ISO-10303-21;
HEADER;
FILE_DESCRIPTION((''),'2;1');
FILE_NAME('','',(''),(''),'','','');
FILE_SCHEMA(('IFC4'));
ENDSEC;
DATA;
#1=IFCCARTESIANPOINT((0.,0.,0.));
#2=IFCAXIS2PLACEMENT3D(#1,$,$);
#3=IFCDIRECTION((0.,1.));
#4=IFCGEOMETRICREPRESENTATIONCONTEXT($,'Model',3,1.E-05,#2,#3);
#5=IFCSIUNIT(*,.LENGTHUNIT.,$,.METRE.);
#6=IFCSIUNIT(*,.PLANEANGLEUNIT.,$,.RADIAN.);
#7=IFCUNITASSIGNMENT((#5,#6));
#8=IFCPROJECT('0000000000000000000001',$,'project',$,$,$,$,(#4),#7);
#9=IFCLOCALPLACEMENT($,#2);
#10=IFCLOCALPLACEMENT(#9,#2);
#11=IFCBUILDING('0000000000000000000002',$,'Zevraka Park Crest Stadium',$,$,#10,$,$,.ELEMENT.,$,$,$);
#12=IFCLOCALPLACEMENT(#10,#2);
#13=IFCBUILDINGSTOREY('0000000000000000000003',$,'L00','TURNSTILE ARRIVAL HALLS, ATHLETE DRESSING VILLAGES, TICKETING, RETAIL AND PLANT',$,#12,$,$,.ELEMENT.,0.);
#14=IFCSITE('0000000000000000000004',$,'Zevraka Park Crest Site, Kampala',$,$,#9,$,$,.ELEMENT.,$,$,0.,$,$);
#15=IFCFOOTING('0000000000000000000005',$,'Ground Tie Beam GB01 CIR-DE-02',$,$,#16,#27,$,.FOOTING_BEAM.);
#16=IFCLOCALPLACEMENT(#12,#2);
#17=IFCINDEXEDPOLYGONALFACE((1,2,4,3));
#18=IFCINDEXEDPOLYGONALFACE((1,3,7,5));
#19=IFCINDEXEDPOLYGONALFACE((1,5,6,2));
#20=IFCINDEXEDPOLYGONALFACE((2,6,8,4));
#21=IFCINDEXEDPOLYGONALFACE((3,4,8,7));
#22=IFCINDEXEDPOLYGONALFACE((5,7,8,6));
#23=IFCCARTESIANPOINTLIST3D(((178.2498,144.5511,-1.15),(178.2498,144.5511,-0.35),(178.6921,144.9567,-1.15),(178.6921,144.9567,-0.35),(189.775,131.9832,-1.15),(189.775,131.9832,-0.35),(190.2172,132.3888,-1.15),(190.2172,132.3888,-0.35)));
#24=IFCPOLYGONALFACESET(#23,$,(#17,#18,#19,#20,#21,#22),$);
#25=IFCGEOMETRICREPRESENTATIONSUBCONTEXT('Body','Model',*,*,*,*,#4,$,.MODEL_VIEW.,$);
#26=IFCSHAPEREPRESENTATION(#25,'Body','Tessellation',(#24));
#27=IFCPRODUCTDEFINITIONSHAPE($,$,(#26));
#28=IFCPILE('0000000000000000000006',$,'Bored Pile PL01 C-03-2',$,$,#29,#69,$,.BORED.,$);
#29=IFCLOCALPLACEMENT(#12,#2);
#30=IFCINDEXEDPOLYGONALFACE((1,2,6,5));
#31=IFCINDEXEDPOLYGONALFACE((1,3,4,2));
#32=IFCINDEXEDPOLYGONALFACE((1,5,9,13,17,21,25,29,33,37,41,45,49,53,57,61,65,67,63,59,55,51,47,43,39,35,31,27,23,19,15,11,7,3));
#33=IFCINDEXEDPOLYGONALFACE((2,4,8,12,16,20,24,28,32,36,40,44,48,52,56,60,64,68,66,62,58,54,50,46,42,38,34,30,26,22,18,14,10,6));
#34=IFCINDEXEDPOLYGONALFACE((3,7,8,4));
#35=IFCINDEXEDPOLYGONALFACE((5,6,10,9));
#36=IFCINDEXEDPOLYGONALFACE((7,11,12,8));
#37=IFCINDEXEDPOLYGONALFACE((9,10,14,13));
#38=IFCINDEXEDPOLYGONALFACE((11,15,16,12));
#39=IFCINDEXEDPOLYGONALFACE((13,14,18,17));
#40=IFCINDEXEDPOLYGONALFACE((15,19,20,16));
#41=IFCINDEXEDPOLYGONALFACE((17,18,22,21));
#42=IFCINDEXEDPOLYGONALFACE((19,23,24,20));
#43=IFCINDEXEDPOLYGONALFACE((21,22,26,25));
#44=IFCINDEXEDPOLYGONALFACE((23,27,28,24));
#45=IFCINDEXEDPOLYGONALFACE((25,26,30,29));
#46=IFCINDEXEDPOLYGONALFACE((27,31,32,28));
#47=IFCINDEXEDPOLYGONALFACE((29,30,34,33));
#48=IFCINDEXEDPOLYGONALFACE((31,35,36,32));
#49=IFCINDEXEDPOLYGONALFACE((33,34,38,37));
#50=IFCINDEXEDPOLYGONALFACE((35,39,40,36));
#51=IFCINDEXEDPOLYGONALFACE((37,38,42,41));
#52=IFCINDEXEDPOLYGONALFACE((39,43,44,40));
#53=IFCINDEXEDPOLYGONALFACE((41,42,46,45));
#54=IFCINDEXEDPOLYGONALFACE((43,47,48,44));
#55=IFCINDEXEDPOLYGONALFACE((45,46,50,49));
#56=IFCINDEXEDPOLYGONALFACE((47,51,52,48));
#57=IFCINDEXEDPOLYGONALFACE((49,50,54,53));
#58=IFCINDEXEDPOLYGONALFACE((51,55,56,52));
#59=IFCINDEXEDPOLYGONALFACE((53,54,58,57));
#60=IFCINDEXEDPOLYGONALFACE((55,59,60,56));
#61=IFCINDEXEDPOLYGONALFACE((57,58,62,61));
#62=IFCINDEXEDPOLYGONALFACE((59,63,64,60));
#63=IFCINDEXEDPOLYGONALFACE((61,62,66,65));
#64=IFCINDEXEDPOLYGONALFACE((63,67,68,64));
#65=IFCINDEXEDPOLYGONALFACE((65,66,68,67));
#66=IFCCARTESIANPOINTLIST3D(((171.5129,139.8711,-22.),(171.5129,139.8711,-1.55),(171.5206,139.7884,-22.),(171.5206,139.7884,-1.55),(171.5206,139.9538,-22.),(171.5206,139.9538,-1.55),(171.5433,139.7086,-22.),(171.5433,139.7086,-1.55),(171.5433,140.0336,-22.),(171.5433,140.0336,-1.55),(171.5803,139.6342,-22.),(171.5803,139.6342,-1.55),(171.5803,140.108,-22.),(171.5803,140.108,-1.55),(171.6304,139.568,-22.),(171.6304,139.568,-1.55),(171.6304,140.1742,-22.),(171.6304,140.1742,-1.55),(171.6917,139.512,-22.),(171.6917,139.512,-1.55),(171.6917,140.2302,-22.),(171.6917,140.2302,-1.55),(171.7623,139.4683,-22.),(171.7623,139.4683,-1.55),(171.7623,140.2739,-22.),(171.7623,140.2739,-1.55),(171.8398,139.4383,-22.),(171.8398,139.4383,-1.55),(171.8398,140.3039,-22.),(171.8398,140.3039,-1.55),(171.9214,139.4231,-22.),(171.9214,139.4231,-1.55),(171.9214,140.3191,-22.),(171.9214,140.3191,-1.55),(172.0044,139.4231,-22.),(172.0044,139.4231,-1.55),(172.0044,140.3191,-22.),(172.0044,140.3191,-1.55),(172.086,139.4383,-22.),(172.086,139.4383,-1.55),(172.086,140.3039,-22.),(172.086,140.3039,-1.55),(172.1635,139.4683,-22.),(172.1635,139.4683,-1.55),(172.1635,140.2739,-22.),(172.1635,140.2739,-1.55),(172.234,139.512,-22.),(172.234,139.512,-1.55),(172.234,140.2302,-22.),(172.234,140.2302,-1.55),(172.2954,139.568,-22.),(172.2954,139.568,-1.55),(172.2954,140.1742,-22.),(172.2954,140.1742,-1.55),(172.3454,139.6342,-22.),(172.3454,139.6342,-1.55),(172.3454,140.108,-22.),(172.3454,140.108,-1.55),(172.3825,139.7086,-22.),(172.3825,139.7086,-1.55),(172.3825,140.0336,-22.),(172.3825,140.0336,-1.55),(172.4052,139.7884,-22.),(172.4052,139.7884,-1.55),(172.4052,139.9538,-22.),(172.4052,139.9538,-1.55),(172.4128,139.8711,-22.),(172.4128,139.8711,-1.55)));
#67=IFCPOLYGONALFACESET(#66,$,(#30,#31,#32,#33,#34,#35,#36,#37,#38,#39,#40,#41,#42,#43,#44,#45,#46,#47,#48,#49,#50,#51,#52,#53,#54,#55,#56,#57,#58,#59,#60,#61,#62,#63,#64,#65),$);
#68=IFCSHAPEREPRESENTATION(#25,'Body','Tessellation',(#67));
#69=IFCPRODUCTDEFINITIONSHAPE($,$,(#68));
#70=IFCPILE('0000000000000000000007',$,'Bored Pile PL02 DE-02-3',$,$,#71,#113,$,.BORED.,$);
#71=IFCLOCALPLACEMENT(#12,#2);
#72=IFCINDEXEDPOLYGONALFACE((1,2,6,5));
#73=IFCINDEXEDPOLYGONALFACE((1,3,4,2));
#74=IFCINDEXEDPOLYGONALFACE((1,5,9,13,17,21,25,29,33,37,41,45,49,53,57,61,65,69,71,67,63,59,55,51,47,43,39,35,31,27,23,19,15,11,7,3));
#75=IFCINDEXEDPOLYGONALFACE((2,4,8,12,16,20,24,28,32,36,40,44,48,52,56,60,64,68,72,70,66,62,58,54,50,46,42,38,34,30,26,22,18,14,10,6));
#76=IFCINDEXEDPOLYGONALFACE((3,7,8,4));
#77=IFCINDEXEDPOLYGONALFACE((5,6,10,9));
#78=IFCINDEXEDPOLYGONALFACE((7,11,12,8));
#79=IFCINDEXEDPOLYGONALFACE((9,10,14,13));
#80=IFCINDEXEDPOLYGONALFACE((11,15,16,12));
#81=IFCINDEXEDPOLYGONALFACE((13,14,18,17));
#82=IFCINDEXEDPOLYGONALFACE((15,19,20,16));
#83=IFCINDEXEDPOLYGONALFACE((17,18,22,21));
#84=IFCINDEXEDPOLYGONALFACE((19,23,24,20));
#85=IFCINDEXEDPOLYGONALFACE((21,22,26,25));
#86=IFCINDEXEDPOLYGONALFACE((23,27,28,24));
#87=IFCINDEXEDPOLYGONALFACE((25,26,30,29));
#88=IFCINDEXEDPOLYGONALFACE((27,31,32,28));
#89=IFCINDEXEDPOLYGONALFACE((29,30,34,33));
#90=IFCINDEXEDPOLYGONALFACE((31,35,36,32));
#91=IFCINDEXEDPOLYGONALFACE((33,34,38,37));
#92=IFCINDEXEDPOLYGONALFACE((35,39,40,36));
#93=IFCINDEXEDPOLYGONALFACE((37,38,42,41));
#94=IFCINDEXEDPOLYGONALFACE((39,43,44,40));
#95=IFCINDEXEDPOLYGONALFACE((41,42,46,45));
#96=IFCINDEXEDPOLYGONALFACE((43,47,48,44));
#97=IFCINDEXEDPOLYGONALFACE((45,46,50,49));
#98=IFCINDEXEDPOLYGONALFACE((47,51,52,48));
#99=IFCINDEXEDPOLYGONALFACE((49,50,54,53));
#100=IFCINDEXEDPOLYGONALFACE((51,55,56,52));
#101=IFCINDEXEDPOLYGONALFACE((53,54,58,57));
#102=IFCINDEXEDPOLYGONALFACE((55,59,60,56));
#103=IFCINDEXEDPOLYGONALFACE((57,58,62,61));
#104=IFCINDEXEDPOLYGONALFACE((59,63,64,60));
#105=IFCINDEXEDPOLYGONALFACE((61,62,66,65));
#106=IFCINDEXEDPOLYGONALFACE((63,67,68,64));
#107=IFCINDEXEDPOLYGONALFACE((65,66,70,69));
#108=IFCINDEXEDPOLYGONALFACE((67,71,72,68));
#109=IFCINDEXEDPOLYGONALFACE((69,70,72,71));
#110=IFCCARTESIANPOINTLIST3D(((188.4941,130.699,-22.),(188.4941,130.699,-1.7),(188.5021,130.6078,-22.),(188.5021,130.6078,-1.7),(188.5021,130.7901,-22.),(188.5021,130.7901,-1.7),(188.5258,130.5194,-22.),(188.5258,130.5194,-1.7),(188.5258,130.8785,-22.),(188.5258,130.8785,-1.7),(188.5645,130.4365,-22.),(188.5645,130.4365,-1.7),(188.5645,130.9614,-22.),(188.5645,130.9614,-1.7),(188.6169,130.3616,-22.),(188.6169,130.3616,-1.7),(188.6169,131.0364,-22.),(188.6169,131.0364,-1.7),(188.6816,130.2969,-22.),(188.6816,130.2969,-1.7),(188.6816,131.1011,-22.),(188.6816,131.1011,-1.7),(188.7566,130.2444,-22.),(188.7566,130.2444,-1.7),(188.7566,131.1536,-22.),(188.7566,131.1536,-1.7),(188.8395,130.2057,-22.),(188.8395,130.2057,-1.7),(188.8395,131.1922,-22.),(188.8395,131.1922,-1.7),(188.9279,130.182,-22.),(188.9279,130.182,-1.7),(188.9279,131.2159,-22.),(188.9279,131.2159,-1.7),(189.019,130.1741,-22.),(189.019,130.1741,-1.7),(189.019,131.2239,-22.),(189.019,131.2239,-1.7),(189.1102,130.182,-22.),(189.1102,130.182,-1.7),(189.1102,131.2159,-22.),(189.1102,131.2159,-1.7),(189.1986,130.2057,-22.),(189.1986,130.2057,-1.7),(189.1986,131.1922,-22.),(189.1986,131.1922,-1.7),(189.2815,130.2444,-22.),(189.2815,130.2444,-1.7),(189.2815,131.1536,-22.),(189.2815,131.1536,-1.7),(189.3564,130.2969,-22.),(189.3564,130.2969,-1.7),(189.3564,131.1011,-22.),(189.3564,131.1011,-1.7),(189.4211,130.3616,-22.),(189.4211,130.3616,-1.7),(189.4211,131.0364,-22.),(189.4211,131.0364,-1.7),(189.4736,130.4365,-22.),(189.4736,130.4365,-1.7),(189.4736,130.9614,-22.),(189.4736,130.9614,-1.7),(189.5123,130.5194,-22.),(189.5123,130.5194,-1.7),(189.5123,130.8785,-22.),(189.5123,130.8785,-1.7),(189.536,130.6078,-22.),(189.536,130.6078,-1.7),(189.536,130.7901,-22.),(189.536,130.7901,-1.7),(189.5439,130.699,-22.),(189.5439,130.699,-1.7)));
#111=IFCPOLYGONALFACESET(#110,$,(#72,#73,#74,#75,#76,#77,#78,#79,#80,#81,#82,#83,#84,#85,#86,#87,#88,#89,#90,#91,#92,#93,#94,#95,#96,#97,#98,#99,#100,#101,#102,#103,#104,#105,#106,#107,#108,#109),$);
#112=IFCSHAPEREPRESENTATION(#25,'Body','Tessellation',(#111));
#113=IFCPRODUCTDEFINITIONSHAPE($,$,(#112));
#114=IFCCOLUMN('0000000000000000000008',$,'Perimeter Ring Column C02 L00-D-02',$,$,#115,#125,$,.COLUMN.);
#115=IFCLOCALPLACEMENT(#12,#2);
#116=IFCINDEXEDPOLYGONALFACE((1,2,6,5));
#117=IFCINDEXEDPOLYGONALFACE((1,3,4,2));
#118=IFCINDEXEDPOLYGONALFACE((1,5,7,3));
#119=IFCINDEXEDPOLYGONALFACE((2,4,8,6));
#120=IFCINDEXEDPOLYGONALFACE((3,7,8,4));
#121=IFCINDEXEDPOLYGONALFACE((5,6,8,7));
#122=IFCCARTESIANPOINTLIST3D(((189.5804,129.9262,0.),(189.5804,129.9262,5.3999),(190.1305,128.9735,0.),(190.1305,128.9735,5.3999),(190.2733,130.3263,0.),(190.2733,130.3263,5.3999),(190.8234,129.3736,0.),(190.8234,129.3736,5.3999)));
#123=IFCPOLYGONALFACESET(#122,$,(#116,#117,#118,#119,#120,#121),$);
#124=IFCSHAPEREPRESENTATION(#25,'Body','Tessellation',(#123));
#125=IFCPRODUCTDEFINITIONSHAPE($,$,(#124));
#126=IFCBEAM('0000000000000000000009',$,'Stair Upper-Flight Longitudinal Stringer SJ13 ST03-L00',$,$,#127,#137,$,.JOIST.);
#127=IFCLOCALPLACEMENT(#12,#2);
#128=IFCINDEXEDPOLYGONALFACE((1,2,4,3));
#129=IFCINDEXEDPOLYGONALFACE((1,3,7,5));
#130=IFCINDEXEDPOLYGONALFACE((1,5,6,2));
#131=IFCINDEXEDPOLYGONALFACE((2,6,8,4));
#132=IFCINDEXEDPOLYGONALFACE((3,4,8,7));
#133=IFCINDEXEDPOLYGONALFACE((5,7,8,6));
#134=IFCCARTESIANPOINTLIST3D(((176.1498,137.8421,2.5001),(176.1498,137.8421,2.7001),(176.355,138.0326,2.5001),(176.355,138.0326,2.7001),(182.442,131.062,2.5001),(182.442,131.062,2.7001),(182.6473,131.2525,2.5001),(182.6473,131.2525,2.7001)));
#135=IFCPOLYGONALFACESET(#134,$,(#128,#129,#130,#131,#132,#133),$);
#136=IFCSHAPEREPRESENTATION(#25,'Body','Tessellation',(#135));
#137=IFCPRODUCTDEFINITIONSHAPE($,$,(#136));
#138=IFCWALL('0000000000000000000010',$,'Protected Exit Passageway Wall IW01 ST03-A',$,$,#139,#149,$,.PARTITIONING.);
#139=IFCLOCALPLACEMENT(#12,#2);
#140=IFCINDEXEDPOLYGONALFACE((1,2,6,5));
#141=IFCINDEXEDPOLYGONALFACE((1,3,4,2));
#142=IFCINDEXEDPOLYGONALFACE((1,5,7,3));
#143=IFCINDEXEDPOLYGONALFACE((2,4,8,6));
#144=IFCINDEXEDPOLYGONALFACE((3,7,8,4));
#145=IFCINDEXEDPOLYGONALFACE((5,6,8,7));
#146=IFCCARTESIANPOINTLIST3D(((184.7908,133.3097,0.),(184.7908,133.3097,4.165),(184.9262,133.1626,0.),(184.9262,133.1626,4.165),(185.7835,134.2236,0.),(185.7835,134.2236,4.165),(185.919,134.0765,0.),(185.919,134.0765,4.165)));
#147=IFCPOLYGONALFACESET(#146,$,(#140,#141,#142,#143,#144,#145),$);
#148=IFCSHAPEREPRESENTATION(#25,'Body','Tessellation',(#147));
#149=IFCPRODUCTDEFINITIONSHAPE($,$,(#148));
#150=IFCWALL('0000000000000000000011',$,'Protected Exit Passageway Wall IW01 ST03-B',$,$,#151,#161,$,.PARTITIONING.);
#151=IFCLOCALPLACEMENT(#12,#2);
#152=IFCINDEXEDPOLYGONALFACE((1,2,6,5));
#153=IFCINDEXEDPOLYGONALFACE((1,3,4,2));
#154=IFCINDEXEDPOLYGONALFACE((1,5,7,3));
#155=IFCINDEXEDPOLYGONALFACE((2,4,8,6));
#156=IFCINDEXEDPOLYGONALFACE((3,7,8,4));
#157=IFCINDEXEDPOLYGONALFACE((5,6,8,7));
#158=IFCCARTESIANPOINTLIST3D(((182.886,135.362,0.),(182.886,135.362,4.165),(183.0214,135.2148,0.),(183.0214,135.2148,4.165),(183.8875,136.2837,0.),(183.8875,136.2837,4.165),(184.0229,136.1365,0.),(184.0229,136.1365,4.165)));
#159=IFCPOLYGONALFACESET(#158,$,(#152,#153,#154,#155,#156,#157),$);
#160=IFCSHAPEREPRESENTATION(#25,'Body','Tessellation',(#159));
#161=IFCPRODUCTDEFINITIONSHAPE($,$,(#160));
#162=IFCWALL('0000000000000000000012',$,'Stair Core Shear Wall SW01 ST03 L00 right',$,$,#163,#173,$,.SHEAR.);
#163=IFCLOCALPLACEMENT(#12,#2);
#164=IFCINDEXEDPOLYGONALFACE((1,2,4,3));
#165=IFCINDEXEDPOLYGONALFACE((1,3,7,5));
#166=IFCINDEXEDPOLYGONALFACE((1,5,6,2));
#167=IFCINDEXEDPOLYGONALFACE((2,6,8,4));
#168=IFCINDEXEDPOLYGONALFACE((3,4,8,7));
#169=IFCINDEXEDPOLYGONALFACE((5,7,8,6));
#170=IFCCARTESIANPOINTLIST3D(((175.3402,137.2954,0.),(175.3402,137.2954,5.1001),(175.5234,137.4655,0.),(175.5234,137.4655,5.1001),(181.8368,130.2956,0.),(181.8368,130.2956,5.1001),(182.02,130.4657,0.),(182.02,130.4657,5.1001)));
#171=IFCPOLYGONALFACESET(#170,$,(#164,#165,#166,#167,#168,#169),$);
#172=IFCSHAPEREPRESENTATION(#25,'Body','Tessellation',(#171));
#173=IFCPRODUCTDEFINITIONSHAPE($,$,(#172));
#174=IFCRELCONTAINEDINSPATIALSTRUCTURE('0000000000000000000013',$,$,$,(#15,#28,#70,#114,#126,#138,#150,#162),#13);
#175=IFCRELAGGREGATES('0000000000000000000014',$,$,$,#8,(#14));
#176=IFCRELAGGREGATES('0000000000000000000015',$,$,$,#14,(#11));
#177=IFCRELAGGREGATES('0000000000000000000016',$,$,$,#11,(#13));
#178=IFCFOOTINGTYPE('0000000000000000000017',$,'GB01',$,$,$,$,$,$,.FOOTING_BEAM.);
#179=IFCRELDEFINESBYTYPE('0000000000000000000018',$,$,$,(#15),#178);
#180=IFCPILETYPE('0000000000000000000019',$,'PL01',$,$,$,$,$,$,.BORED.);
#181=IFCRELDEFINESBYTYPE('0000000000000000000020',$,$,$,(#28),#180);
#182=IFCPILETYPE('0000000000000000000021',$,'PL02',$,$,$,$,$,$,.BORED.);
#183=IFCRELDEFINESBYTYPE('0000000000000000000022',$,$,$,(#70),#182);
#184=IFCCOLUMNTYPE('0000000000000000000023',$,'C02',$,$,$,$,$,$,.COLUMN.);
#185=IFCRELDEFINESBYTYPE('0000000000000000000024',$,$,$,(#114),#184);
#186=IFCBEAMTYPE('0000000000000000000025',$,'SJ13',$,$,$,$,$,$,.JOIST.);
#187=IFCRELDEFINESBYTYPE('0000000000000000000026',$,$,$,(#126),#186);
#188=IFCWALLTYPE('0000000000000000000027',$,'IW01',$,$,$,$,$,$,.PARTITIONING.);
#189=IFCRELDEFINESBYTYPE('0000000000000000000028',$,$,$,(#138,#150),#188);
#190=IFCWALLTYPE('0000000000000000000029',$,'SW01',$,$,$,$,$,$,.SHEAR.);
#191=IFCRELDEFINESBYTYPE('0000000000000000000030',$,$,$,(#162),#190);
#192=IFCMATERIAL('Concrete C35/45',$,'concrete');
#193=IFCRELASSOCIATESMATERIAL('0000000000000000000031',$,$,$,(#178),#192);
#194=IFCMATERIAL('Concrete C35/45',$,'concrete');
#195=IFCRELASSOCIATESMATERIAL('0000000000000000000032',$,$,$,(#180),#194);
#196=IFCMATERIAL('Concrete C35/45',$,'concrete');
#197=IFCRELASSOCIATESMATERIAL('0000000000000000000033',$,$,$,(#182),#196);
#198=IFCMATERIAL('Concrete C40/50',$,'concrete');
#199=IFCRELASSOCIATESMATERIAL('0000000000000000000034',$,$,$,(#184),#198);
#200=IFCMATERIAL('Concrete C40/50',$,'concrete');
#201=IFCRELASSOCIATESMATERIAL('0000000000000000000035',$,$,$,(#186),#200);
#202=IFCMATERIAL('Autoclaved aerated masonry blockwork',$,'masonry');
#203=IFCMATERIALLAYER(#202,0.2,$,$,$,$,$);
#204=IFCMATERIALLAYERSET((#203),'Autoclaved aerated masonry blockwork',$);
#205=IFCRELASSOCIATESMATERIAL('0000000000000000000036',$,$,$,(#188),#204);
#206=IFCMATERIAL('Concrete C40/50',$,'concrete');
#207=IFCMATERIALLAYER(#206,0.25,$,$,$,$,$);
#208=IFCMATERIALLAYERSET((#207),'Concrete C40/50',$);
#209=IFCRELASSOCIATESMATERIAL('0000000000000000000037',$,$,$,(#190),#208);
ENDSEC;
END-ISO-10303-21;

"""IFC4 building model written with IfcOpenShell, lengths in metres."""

from ifc_helpers import new_model, si_unit, direction, frame, frame_2d, origin, origin_2d, place, context, subcontext, project, spatial, rectangle, circle, extrude, material, layer, layer_set, material_profile, profile_set, type_object, element, save


model = new_model("IFC4")

# Units and contexts
model_context = context("Model", 3, precision=1e-05, world=origin(), true_north=direction((0.0, 1.0)))
body_context = subcontext(model_context, "Body", "Model", "MODEL_VIEW")
ifc_project = project(units=[si_unit("LENGTHUNIT", "METRE"), si_unit("PLANEANGLEUNIT", "RADIAN")], contexts=[model_context])

# Site, building, storey
site_placement = place(None, origin())
site = spatial("IfcSite", under=ifc_project, at=site_placement, Name="Zevraka Park Crest Site, Kampala", CompositionType="ELEMENT", RefElevation=0.0)
building_placement = place(site_placement, origin())
building = spatial("IfcBuilding", under=site, at=building_placement, Name="Zevraka Park Crest Stadium", CompositionType="ELEMENT")
storey_placement = place(building_placement, origin())
storey = spatial("IfcBuildingStorey", under=building, at=storey_placement, Name="L00", Description="TURNSTILE ARRIVAL HALLS, ATHLETE DRESSING VILLAGES, TICKETING, RETAIL AND PLANT", CompositionType="ELEMENT", Elevation=0.0)

# Footing
ifc_material_1 = material(Name="Concrete C35/45", Category="concrete")
ifc_material_profile_1 = material_profile(ifc_material_1, rectangle(XDim=0.6001, YDim=0.8, at=origin_2d()), Name="GB 800x600")
ifc_profile_set_1 = profile_set([ifc_material_profile_1], Name="Concrete C35/45")
footing_type = type_object("IfcFootingType", Name="GB01", PredefinedType="FOOTING_BEAM", material=ifc_profile_set_1)
footing_placement = place(storey_placement, frame((189.9961, 132.186, -0.75), z_axis=(-0.675871, 0.73702, 0.0), x_axis=(-0.73702, -0.675871, 0.0)))
element("IfcFooting", 1, at=footing_placement, inside=storey, type_object=footing_type, Name="Ground Tie Beam GB01 CIR-DE-02", PredefinedType="FOOTING_BEAM", context=body_context, shape_type="SweptSolid", body=[
    extrude(rectangle(XDim=0.6001, YDim=0.8, at=origin_2d()), origin(), (0.0, 0.0, 1.0), 17.0522),
])

# Piles
ifc_material_2 = material(Name="Concrete C35/45", Category="concrete")
ifc_material_profile_2 = material_profile(ifc_material_2, circle(Radius=0.45, at=origin_2d()), Name="PILE D900")
ifc_profile_set_2 = profile_set([ifc_material_profile_2], Name="Concrete C35/45")
pile_type_1 = type_object("IfcPileType", Name="PL01", PredefinedType="BORED", material=ifc_profile_set_2)
pile_1_placement = place(storey_placement, frame((171.9629, 139.8711, -1.55), z_axis=(0.0, 0.0, -1.0), x_axis=(1.0, 0.0, 0.0)))
element("IfcPile", 2, at=pile_1_placement, inside=storey, type_object=pile_type_1, Name="Bored Pile PL01 C-03-2", PredefinedType="BORED", context=body_context, shape_type="SweptSolid", body=[
    extrude(circle(Radius=0.45, at=origin_2d()), origin(), (0.0, 0.0, 1.0), 20.45),
])
ifc_material_3 = material(Name="Concrete C35/45", Category="concrete")
ifc_material_profile_3 = material_profile(ifc_material_3, circle(Radius=0.5249, at=origin_2d()), Name="PILE D1050")
ifc_profile_set_3 = profile_set([ifc_material_profile_3], Name="Concrete C35/45")
pile_type_2 = type_object("IfcPileType", Name="PL02", PredefinedType="BORED", material=ifc_profile_set_3)
pile_2_placement = place(storey_placement, frame((189.019, 130.699, -1.7), z_axis=(0.0, 0.0, -1.0), x_axis=(1.0, 0.0, 0.0)))
element("IfcPile", 3, at=pile_2_placement, inside=storey, type_object=pile_type_2, Name="Bored Pile PL02 DE-02-3", PredefinedType="BORED", context=body_context, shape_type="SweptSolid", body=[
    extrude(circle(Radius=0.5249, at=origin_2d()), origin(), (0.0, 0.0, 1.0), 20.3),
])

# Column
ifc_material_4 = material(Name="Concrete C40/50", Category="concrete")
ifc_material_profile_4 = material_profile(ifc_material_4, rectangle(XDim=0.8, YDim=1.1001, at=origin_2d()), Name="RC 1100x800")
ifc_profile_set_4 = profile_set([ifc_material_profile_4], Name="Concrete C40/50")
column_type = type_object("IfcColumnType", Name="C02", PredefinedType="COLUMN", material=ifc_profile_set_4)
column_placement = place(storey_placement, frame((190.2019, 129.6499, 0.0), z_axis=(0.0, 0.0, 1.0), x_axis=(0.866025, 0.5, 0.0)))
element("IfcColumn", 4, at=column_placement, inside=storey, type_object=column_type, Name="Perimeter Ring Column C02 L00-D-02", PredefinedType="COLUMN", context=body_context, shape_type="SweptSolid", body=[
    extrude(rectangle(XDim=0.8, YDim=1.1001, at=origin_2d()), origin(), (0.0, 0.0, 1.0), 5.3999),
])

# Beam
ifc_material_5 = material(Name="Concrete C40/50", Category="concrete")
ifc_material_profile_5 = material_profile(ifc_material_5, rectangle(XDim=0.28, YDim=0.2, at=origin_2d()), Name="RC 200x280")
ifc_profile_set_5 = profile_set([ifc_material_profile_5], Name="Concrete C40/50")
beam_type = type_object("IfcBeamType", Name="SJ13", PredefinedType="JOIST", material=ifc_profile_set_5)
beam_placement = place(storey_placement, frame((182.5447, 131.1572, 2.6001), z_axis=(-0.680248, 0.732982, 0.0), x_axis=(-0.732982, -0.680248, 0.0)))
element("IfcBeam", 5, at=beam_placement, inside=storey, type_object=beam_type, Name="Stair Upper-Flight Longitudinal Stringer SJ13 ST03-L00", PredefinedType="JOIST", context=body_context, shape_type="SweptSolid", body=[
    extrude(rectangle(XDim=0.28, YDim=0.2, at=origin_2d()), origin(), (0.0, 0.0, 1.0), 9.25),
])

# Walls
ifc_material_6 = material(Name="Autoclaved aerated masonry blockwork", Category="masonry")
ifc_layer_1 = layer(ifc_material_6, 0.2)
ifc_layer_set_1 = layer_set([ifc_layer_1], Name="Autoclaved aerated masonry blockwork")
wall_type_1 = type_object("IfcWallType", Name="IW01", PredefinedType="PARTITIONING", material=ifc_layer_set_1)
wall_1_placement = place(storey_placement, frame((184.8584, 133.2361, 0.0), z_axis=(0.0, 0.0, 1.0), x_axis=(0.735725, 0.67728, 0.0)))
element("IfcWall", 6, at=wall_1_placement, inside=storey, type_object=wall_type_1, Name="Protected Exit Passageway Wall IW01 ST03-A", PredefinedType="PARTITIONING", context=body_context, shape_type="SweptSolid", body=[
    extrude(rectangle(XDim=1.3494, YDim=0.2, at=frame_2d((0.6748, 0.0))), origin(), (0.0, 0.0, 1.0), 4.165),
])
wall_2_placement = place(storey_placement, frame((182.9536, 135.2883, 0.0), z_axis=(0.0, 0.0, 1.0), x_axis=(0.735827, 0.677169, 0.0)))
element("IfcWall", 7, at=wall_2_placement, inside=storey, type_object=wall_type_1, Name="Protected Exit Passageway Wall IW01 ST03-B", PredefinedType="PARTITIONING", context=body_context, shape_type="SweptSolid", body=[
    extrude(rectangle(XDim=1.3611, YDim=0.2, at=frame_2d((0.6807, 0.0))), origin(), (0.0, 0.0, 1.0), 4.165),
])
ifc_material_7 = material(Name="Concrete C40/50", Category="concrete")
ifc_layer_2 = layer(ifc_material_7, 0.25)
ifc_layer_set_2 = layer_set([ifc_layer_2], Name="Concrete C40/50")
wall_type_2 = type_object("IfcWallType", Name="SW01", PredefinedType="SHEAR", material=ifc_layer_set_2)
wall_3_placement = place(storey_placement, frame((175.4319, 137.3804, 0.0), z_axis=(0.0, 0.0, 1.0), x_axis=(0.680272, -0.73296, 0.0)))
element("IfcWall", 8, at=wall_3_placement, inside=storey, type_object=wall_type_2, Name="Stair Core Shear Wall SW01 ST03 L00 right", PredefinedType="SHEAR", context=body_context, shape_type="SweptSolid", body=[
    extrude(rectangle(XDim=9.55, YDim=0.25, at=frame_2d((4.7749, 0.0))), origin(), (0.0, 0.0, 1.0), 5.1001),
])

save(model, "model.ifc")
